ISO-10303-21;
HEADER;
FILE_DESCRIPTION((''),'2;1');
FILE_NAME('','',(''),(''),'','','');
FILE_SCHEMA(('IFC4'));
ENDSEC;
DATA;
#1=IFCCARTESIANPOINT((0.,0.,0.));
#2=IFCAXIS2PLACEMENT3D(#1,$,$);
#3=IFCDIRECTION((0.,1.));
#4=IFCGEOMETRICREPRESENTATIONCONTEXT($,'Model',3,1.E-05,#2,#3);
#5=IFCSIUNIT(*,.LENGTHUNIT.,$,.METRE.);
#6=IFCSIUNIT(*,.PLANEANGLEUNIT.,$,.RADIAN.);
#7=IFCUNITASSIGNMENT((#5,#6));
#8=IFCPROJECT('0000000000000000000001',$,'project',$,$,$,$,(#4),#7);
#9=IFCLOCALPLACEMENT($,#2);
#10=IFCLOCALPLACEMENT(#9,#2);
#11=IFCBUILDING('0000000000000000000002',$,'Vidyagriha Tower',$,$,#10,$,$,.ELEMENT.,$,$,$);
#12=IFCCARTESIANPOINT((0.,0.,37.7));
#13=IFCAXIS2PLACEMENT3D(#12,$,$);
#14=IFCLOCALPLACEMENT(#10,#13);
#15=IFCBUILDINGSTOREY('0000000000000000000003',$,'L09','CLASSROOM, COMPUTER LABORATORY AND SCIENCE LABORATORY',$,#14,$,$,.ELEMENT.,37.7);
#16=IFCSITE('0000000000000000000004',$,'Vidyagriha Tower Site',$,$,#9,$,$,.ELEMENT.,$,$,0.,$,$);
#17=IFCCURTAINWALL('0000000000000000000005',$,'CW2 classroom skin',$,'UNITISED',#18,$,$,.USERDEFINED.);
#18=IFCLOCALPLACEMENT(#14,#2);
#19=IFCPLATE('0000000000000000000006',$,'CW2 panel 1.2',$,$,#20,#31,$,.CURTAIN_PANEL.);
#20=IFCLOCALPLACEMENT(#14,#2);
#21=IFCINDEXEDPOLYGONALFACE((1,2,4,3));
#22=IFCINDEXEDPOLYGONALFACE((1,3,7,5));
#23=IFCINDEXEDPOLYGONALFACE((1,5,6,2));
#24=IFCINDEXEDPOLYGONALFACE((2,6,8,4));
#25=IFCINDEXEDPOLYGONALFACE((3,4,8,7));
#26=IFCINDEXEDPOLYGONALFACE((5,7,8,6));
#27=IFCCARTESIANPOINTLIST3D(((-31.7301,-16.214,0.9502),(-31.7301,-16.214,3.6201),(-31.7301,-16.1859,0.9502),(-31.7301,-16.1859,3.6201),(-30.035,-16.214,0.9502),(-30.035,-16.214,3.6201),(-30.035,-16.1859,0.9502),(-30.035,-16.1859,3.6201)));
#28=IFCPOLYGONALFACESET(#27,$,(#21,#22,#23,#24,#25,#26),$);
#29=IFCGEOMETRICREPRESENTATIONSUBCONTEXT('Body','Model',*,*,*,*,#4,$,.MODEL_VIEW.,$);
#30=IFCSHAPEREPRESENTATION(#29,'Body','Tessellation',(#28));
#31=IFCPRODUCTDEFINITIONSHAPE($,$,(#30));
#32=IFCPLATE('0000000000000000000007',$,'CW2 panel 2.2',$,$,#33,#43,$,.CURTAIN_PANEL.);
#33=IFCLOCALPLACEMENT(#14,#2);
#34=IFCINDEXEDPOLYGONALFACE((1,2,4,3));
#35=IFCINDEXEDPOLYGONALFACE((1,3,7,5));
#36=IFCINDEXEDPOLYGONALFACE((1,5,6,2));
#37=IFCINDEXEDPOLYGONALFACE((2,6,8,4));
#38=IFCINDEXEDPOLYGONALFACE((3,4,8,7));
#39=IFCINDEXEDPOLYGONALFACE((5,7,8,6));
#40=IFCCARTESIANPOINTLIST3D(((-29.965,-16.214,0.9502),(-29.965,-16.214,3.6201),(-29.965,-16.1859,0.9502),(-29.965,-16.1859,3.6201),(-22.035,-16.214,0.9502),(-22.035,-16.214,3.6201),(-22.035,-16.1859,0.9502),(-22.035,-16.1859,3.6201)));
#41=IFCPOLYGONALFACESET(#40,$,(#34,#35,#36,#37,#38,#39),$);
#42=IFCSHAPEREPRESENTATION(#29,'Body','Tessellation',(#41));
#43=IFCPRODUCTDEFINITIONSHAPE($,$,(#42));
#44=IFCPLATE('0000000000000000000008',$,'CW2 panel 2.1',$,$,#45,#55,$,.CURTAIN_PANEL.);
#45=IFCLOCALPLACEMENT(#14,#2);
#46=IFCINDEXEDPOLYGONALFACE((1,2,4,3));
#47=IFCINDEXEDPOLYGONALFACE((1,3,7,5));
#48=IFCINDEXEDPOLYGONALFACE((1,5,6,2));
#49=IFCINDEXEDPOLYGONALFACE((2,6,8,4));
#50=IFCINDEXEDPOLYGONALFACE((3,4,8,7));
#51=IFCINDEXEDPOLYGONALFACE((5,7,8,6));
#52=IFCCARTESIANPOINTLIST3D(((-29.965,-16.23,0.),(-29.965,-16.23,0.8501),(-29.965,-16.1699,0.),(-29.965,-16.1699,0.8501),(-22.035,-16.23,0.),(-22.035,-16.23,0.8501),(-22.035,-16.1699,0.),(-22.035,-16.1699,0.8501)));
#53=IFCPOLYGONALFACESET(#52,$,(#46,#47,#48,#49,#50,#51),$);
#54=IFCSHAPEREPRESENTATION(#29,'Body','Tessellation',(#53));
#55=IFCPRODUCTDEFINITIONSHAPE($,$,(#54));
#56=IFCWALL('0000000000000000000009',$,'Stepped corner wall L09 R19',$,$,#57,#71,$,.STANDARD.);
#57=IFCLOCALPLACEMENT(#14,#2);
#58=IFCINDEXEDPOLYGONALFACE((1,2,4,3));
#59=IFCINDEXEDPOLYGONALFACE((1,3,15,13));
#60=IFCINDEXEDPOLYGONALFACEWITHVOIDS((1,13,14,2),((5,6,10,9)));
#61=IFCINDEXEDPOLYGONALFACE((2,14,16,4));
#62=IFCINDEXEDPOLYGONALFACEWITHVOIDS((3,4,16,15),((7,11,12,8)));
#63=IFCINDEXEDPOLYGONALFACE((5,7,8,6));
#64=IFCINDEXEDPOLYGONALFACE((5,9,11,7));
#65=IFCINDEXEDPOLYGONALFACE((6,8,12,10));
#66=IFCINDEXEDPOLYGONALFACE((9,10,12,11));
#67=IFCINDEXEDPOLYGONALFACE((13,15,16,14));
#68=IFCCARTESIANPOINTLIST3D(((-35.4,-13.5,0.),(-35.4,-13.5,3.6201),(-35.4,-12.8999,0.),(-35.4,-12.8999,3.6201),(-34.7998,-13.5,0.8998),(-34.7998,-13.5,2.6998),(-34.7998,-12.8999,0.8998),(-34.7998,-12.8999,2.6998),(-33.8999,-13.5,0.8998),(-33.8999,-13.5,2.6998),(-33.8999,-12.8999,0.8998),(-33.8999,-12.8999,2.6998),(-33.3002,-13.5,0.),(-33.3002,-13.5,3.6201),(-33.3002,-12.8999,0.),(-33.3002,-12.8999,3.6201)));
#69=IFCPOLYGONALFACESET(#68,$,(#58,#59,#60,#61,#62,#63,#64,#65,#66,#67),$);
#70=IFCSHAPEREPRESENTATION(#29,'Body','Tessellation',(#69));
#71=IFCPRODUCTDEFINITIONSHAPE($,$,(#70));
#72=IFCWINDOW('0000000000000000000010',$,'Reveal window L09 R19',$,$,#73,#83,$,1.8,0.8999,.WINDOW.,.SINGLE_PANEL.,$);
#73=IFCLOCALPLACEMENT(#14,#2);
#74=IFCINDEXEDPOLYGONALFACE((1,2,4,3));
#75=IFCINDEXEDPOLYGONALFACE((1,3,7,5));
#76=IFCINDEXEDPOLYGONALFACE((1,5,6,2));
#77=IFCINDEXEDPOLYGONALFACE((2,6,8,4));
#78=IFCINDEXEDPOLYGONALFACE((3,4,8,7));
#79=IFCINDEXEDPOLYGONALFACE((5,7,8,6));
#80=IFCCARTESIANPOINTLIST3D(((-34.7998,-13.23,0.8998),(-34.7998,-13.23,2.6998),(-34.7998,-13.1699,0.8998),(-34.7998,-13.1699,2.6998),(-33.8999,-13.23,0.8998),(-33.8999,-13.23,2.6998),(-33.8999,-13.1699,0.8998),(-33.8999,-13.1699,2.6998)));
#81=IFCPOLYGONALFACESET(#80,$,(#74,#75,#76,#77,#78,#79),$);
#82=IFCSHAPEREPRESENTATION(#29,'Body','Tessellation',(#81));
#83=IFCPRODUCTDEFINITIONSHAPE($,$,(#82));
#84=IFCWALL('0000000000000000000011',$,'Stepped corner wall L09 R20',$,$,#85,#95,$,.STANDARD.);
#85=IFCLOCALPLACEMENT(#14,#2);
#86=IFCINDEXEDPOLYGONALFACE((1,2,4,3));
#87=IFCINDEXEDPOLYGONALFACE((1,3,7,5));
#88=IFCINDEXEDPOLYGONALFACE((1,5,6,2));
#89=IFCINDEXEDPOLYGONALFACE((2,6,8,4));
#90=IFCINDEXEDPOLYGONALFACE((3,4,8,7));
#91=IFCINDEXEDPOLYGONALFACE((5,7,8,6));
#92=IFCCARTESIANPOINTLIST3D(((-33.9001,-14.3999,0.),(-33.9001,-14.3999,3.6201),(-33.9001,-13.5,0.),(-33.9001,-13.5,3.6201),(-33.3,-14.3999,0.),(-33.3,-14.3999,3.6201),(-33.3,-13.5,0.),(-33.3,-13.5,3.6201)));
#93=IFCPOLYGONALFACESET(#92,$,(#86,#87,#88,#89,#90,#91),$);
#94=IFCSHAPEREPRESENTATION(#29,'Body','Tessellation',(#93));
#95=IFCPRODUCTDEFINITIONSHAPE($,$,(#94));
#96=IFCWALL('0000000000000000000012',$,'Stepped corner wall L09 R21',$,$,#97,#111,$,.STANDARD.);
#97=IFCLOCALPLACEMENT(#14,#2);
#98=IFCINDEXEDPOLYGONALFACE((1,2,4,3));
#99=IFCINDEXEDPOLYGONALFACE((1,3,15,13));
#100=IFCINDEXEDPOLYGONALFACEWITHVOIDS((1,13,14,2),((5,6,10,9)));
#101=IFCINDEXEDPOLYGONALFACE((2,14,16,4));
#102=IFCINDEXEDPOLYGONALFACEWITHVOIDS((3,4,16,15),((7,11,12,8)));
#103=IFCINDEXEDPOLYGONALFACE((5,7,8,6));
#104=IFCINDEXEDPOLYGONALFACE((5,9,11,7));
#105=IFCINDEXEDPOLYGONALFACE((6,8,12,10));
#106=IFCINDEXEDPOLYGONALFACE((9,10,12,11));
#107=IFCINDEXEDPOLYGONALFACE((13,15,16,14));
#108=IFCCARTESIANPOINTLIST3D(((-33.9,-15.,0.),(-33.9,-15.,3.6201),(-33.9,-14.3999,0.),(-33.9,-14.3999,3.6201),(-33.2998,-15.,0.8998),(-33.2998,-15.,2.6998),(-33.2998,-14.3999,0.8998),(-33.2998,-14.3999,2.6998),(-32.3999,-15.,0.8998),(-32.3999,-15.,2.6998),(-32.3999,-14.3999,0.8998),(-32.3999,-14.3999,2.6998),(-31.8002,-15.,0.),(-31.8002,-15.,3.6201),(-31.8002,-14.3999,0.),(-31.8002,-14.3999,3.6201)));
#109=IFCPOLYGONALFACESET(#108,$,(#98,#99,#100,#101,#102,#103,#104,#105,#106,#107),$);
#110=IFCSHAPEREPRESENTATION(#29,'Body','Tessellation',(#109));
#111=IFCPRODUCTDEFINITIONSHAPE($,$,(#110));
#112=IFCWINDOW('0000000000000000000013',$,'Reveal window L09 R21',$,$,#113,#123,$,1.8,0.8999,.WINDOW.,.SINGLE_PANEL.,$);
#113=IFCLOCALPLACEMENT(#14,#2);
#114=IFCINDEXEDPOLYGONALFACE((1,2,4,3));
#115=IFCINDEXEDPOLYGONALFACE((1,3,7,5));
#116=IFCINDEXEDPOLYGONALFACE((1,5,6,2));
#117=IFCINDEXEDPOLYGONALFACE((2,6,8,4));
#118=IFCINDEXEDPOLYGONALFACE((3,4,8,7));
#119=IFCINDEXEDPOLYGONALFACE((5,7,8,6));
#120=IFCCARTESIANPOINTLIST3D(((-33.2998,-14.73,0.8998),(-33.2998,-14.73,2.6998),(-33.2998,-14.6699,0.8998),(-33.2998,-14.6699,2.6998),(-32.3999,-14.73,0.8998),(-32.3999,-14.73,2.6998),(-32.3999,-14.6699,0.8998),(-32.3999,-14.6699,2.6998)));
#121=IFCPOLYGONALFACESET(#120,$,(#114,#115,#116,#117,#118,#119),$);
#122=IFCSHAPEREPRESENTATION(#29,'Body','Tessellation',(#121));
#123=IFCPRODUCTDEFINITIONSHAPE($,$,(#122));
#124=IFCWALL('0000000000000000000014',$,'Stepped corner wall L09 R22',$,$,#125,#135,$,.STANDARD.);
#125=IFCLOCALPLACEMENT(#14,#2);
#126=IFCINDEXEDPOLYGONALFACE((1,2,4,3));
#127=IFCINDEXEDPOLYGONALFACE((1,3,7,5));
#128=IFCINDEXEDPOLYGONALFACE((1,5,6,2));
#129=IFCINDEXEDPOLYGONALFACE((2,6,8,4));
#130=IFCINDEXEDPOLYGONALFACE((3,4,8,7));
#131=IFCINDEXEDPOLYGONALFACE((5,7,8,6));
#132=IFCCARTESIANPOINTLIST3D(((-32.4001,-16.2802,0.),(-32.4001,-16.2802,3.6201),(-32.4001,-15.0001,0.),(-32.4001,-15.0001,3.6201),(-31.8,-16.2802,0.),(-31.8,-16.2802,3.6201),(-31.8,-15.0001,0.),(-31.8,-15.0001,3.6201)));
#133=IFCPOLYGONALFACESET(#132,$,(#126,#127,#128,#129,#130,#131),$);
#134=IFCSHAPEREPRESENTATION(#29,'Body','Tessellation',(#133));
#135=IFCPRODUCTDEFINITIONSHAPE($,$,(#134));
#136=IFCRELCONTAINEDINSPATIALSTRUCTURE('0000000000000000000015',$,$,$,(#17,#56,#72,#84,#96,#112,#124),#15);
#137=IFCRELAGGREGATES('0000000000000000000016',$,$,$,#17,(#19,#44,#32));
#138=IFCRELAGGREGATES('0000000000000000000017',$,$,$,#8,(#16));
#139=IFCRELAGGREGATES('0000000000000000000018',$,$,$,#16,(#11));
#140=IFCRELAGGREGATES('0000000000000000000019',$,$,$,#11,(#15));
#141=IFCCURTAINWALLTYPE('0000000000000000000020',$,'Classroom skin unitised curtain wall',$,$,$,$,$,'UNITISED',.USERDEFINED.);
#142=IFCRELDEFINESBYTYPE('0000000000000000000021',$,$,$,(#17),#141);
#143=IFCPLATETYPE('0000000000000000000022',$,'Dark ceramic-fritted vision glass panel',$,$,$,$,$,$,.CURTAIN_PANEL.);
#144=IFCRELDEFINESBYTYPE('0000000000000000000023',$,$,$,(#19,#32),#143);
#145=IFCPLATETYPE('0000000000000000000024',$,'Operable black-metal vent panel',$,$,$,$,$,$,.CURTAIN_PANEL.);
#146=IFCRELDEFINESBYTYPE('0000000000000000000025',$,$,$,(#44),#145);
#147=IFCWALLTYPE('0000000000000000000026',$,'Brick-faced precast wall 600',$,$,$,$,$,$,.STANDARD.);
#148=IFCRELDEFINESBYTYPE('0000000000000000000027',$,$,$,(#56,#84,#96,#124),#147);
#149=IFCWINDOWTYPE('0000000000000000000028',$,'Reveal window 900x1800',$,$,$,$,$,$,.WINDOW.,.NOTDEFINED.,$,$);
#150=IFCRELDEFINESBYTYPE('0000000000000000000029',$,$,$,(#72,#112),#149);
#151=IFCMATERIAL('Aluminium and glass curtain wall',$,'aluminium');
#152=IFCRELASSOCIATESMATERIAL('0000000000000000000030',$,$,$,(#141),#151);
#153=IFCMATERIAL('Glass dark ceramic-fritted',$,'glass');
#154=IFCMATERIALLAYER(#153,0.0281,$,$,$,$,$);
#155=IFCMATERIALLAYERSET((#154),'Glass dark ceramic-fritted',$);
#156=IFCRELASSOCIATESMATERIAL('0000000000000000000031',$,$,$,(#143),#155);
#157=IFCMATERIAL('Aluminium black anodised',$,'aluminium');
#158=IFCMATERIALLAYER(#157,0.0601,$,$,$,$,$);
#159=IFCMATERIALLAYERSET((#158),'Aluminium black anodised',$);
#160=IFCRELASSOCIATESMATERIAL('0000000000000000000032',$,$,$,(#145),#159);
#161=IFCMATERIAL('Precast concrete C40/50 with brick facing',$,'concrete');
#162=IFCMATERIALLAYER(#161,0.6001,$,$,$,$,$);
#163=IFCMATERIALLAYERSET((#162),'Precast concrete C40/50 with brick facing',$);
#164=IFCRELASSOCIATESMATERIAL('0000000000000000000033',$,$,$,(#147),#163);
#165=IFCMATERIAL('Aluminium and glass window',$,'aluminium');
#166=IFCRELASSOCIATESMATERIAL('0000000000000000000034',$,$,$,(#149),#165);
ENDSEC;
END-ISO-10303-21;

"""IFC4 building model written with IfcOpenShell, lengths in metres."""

from ifc_helpers import new_model, si_unit, direction, frame, frame_2d, origin, origin_2d, place, context, subcontext, project, spatial, rectangle, extrude, material, layer, layer_set, type_object, element, fill, aggregate, save


model = new_model("IFC4")

# Units and contexts
model_context = context("Model", 3, precision=1e-05, world=origin(), true_north=direction((0.0, 1.0)))
body_context = subcontext(model_context, "Body", "Model", "MODEL_VIEW")
ifc_project = project(units=[si_unit("LENGTHUNIT", "METRE"), si_unit("PLANEANGLEUNIT", "RADIAN")], contexts=[model_context])

# Site, building, storey
site_placement = place(None, origin())
site = spatial("IfcSite", under=ifc_project, at=site_placement, Name="Vidyagriha Tower Site", CompositionType="ELEMENT", RefElevation=0.0)
building_placement = place(site_placement, origin())
building = spatial("IfcBuilding", under=site, at=building_placement, Name="Vidyagriha Tower", CompositionType="ELEMENT")
storey_placement = place(building_placement, frame((0.0, 0.0, 37.7)))
storey = spatial("IfcBuildingStorey", under=building, at=storey_placement, Name="L09", Description="CLASSROOM, COMPUTER LABORATORY AND SCIENCE LABORATORY", CompositionType="ELEMENT", Elevation=37.7)

# Curtain wall, plates
ifc_material_1 = material(Name="Aluminium and glass curtain wall", Category="aluminium")
curtain_wall_type = type_object("IfcCurtainWallType", Name="Classroom skin unitised curtain wall", ElementType="UNITISED", PredefinedType="USERDEFINED", material=ifc_material_1)
curtain_wall_placement = place(storey_placement, origin())
curtain_wall = element("IfcCurtainWall", 1, at=curtain_wall_placement, inside=storey, type_object=curtain_wall_type, Name="CW2 classroom skin", ObjectType="UNITISED", PredefinedType="USERDEFINED")
ifc_material_2 = material(Name="Glass dark ceramic-fritted", Category="glass")
ifc_layer_1 = layer(ifc_material_2, 0.0281)
ifc_layer_set_1 = layer_set([ifc_layer_1], Name="Glass dark ceramic-fritted")
plate_type_1 = type_object("IfcPlateType", Name="Dark ceramic-fritted vision glass panel", PredefinedType="CURTAIN_PANEL", material=ifc_layer_set_1)
plate_1_placement = place(storey_placement, frame((-30.8826, -16.2, 0.9502)))
plate_1 = element("IfcPlate", 2, at=plate_1_placement, type_object=plate_type_1, Name="CW2 panel 1.2", PredefinedType="CURTAIN_PANEL", context=body_context, shape_type="SweptSolid", body=[
    extrude(rectangle(XDim=1.6951, YDim=0.0281, at=origin_2d()), origin(), (0.0, 0.0, 1.0), 2.6699),
])
plate_2_placement = place(storey_placement, frame((-26.0, -16.2, 0.9502)))
plate_2 = element("IfcPlate", 3, at=plate_2_placement, type_object=plate_type_1, Name="CW2 panel 2.2", PredefinedType="CURTAIN_PANEL", context=body_context, shape_type="SweptSolid", body=[
    extrude(rectangle(XDim=7.9299, YDim=0.0281, at=origin_2d()), origin(), (0.0, 0.0, 1.0), 2.6699),
])
ifc_material_3 = material(Name="Aluminium black anodised", Category="aluminium")
ifc_layer_2 = layer(ifc_material_3, 0.0601)
ifc_layer_set_2 = layer_set([ifc_layer_2], Name="Aluminium black anodised")
plate_type_2 = type_object("IfcPlateType", Name="Operable black-metal vent panel", PredefinedType="CURTAIN_PANEL", material=ifc_layer_set_2)
plate_3_placement = place(storey_placement, frame((-26.0, -16.2, 0.0)))
plate_3 = element("IfcPlate", 4, at=plate_3_placement, type_object=plate_type_2, Name="CW2 panel 2.1", PredefinedType="CURTAIN_PANEL", context=body_context, shape_type="SweptSolid", body=[
    extrude(rectangle(XDim=7.9299, YDim=0.0601, at=origin_2d()), origin(), (0.0, 0.0, 1.0), 0.8501),
])
aggregate(curtain_wall, [plate_1, plate_3, plate_2])

# Wall, opening, window
ifc_material_4 = material(Name="Precast concrete C40/50 with brick facing", Category="concrete")
ifc_layer_3 = layer(ifc_material_4, 0.6001)
ifc_layer_set_3 = layer_set([ifc_layer_3], Name="Precast concrete C40/50 with brick facing")
wall_type_1 = type_object("IfcWallType", Name="Brick-faced precast wall 600", PredefinedType="STANDARD", material=ifc_layer_set_3)
wall_1_placement = place(storey_placement, frame((-35.3999, -13.2, 0.0)))
wall_1 = element("IfcWall", 5, at=wall_1_placement, inside=storey, type_object=wall_type_1, Name="Stepped corner wall L09 R19", PredefinedType="STANDARD", context=body_context, shape_type="SweptSolid", body=[
    extrude(rectangle(XDim=2.0999, YDim=0.6001, at=frame_2d((1.0498, 0.0))), origin(), (0.0, 0.0, 1.0), 3.6201),
])
opening_1_placement = place(wall_1_placement, frame((0.6001, 0.0, 0.8999)))
opening_1 = element("IfcOpeningElement", 6, at=opening_1_placement, cuts=wall_1, PredefinedType="OPENING", context=body_context, shape_type="SweptSolid", body=[
    extrude(rectangle(XDim=0.8999, YDim=1.8, at=frame_2d((0.45, 0.8999))), frame((0.0, 0.3101, 0.0), z_axis=(0.0, -1.0, 0.0), x_axis=(1.0, 0.0, 0.0)), (0.0, 0.0, 1.0), 0.6201),
])
ifc_material_5 = material(Name="Aluminium and glass window", Category="aluminium")
window_type = type_object("IfcWindowType", Name="Reveal window 900x1800", PartitioningType="NOTDEFINED", PredefinedType="WINDOW", material=ifc_material_5)
window_1_placement = place(opening_1_placement, origin())
window_1 = element("IfcWindow", 7, at=window_1_placement, inside=storey, type_object=window_type, Name="Reveal window L09 R19", OverallHeight=1.8, OverallWidth=0.8999, PartitioningType="SINGLE_PANEL", PredefinedType="WINDOW", context=body_context, shape_type="SweptSolid", body=[
    extrude(rectangle(XDim=0.8999, YDim=1.8, at=frame_2d((0.45, 0.8999))), frame((0.0, 0.03, 0.0), z_axis=(0.0, -1.0, 0.0), x_axis=(1.0, 0.0, 0.0)), (0.0, 0.0, 1.0), 0.0601),
])
fill(opening_1, window_1)

# Wall
wall_2_placement = place(storey_placement, frame((-33.6001, -13.5, 0.0), z_axis=(0.0, 0.0, 1.0), x_axis=(0.0, -1.0, 0.0)))
element("IfcWall", 8, at=wall_2_placement, inside=storey, type_object=wall_type_1, Name="Stepped corner wall L09 R20", PredefinedType="STANDARD", context=body_context, shape_type="SweptSolid", body=[
    extrude(rectangle(XDim=0.8999, YDim=0.6001, at=frame_2d((0.45, 0.0))), origin(), (0.0, 0.0, 1.0), 3.6201),
])

# Wall, opening, window
wall_3_placement = place(storey_placement, frame((-33.8999, -14.7, 0.0)))
wall_3 = element("IfcWall", 9, at=wall_3_placement, inside=storey, type_object=wall_type_1, Name="Stepped corner wall L09 R21", PredefinedType="STANDARD", context=body_context, shape_type="SweptSolid", body=[
    extrude(rectangle(XDim=2.0999, YDim=0.6001, at=frame_2d((1.0498, 0.0))), origin(), (0.0, 0.0, 1.0), 3.6201),
])
opening_2_placement = place(wall_3_placement, frame((0.6001, 0.0, 0.8999)))
opening_2 = element("IfcOpeningElement", 10, at=opening_2_placement, cuts=wall_3, PredefinedType="OPENING", context=body_context, shape_type="SweptSolid", body=[
    extrude(rectangle(XDim=0.8999, YDim=1.8, at=frame_2d((0.45, 0.8999))), frame((0.0, 0.3101, 0.0), z_axis=(0.0, -1.0, 0.0), x_axis=(1.0, 0.0, 0.0)), (0.0, 0.0, 1.0), 0.6201),
])
window_2_placement = place(opening_2_placement, origin())
window_2 = element("IfcWindow", 11, at=window_2_placement, inside=storey, type_object=window_type, Name="Reveal window L09 R21", OverallHeight=1.8, OverallWidth=0.8999, PartitioningType="SINGLE_PANEL", PredefinedType="WINDOW", context=body_context, shape_type="SweptSolid", body=[
    extrude(rectangle(XDim=0.8999, YDim=1.8, at=frame_2d((0.45, 0.8999))), frame((0.0, 0.03, 0.0), z_axis=(0.0, -1.0, 0.0), x_axis=(1.0, 0.0, 0.0)), (0.0, 0.0, 1.0), 0.0601),
])
fill(opening_2, window_2)

# Wall
wall_4_placement = place(storey_placement, frame((-32.1001, -15.0, 0.0), z_axis=(0.0, 0.0, 1.0), x_axis=(0.0, -1.0, 0.0)))
element("IfcWall", 12, at=wall_4_placement, inside=storey, type_object=wall_type_1, Name="Stepped corner wall L09 R22", PredefinedType="STANDARD", context=body_context, shape_type="SweptSolid", body=[
    extrude(rectangle(XDim=1.28, YDim=0.6001, at=frame_2d((0.6401, 0.0))), origin(), (0.0, 0.0, 1.0), 3.6201),
])

save(model, "model.ifc")
